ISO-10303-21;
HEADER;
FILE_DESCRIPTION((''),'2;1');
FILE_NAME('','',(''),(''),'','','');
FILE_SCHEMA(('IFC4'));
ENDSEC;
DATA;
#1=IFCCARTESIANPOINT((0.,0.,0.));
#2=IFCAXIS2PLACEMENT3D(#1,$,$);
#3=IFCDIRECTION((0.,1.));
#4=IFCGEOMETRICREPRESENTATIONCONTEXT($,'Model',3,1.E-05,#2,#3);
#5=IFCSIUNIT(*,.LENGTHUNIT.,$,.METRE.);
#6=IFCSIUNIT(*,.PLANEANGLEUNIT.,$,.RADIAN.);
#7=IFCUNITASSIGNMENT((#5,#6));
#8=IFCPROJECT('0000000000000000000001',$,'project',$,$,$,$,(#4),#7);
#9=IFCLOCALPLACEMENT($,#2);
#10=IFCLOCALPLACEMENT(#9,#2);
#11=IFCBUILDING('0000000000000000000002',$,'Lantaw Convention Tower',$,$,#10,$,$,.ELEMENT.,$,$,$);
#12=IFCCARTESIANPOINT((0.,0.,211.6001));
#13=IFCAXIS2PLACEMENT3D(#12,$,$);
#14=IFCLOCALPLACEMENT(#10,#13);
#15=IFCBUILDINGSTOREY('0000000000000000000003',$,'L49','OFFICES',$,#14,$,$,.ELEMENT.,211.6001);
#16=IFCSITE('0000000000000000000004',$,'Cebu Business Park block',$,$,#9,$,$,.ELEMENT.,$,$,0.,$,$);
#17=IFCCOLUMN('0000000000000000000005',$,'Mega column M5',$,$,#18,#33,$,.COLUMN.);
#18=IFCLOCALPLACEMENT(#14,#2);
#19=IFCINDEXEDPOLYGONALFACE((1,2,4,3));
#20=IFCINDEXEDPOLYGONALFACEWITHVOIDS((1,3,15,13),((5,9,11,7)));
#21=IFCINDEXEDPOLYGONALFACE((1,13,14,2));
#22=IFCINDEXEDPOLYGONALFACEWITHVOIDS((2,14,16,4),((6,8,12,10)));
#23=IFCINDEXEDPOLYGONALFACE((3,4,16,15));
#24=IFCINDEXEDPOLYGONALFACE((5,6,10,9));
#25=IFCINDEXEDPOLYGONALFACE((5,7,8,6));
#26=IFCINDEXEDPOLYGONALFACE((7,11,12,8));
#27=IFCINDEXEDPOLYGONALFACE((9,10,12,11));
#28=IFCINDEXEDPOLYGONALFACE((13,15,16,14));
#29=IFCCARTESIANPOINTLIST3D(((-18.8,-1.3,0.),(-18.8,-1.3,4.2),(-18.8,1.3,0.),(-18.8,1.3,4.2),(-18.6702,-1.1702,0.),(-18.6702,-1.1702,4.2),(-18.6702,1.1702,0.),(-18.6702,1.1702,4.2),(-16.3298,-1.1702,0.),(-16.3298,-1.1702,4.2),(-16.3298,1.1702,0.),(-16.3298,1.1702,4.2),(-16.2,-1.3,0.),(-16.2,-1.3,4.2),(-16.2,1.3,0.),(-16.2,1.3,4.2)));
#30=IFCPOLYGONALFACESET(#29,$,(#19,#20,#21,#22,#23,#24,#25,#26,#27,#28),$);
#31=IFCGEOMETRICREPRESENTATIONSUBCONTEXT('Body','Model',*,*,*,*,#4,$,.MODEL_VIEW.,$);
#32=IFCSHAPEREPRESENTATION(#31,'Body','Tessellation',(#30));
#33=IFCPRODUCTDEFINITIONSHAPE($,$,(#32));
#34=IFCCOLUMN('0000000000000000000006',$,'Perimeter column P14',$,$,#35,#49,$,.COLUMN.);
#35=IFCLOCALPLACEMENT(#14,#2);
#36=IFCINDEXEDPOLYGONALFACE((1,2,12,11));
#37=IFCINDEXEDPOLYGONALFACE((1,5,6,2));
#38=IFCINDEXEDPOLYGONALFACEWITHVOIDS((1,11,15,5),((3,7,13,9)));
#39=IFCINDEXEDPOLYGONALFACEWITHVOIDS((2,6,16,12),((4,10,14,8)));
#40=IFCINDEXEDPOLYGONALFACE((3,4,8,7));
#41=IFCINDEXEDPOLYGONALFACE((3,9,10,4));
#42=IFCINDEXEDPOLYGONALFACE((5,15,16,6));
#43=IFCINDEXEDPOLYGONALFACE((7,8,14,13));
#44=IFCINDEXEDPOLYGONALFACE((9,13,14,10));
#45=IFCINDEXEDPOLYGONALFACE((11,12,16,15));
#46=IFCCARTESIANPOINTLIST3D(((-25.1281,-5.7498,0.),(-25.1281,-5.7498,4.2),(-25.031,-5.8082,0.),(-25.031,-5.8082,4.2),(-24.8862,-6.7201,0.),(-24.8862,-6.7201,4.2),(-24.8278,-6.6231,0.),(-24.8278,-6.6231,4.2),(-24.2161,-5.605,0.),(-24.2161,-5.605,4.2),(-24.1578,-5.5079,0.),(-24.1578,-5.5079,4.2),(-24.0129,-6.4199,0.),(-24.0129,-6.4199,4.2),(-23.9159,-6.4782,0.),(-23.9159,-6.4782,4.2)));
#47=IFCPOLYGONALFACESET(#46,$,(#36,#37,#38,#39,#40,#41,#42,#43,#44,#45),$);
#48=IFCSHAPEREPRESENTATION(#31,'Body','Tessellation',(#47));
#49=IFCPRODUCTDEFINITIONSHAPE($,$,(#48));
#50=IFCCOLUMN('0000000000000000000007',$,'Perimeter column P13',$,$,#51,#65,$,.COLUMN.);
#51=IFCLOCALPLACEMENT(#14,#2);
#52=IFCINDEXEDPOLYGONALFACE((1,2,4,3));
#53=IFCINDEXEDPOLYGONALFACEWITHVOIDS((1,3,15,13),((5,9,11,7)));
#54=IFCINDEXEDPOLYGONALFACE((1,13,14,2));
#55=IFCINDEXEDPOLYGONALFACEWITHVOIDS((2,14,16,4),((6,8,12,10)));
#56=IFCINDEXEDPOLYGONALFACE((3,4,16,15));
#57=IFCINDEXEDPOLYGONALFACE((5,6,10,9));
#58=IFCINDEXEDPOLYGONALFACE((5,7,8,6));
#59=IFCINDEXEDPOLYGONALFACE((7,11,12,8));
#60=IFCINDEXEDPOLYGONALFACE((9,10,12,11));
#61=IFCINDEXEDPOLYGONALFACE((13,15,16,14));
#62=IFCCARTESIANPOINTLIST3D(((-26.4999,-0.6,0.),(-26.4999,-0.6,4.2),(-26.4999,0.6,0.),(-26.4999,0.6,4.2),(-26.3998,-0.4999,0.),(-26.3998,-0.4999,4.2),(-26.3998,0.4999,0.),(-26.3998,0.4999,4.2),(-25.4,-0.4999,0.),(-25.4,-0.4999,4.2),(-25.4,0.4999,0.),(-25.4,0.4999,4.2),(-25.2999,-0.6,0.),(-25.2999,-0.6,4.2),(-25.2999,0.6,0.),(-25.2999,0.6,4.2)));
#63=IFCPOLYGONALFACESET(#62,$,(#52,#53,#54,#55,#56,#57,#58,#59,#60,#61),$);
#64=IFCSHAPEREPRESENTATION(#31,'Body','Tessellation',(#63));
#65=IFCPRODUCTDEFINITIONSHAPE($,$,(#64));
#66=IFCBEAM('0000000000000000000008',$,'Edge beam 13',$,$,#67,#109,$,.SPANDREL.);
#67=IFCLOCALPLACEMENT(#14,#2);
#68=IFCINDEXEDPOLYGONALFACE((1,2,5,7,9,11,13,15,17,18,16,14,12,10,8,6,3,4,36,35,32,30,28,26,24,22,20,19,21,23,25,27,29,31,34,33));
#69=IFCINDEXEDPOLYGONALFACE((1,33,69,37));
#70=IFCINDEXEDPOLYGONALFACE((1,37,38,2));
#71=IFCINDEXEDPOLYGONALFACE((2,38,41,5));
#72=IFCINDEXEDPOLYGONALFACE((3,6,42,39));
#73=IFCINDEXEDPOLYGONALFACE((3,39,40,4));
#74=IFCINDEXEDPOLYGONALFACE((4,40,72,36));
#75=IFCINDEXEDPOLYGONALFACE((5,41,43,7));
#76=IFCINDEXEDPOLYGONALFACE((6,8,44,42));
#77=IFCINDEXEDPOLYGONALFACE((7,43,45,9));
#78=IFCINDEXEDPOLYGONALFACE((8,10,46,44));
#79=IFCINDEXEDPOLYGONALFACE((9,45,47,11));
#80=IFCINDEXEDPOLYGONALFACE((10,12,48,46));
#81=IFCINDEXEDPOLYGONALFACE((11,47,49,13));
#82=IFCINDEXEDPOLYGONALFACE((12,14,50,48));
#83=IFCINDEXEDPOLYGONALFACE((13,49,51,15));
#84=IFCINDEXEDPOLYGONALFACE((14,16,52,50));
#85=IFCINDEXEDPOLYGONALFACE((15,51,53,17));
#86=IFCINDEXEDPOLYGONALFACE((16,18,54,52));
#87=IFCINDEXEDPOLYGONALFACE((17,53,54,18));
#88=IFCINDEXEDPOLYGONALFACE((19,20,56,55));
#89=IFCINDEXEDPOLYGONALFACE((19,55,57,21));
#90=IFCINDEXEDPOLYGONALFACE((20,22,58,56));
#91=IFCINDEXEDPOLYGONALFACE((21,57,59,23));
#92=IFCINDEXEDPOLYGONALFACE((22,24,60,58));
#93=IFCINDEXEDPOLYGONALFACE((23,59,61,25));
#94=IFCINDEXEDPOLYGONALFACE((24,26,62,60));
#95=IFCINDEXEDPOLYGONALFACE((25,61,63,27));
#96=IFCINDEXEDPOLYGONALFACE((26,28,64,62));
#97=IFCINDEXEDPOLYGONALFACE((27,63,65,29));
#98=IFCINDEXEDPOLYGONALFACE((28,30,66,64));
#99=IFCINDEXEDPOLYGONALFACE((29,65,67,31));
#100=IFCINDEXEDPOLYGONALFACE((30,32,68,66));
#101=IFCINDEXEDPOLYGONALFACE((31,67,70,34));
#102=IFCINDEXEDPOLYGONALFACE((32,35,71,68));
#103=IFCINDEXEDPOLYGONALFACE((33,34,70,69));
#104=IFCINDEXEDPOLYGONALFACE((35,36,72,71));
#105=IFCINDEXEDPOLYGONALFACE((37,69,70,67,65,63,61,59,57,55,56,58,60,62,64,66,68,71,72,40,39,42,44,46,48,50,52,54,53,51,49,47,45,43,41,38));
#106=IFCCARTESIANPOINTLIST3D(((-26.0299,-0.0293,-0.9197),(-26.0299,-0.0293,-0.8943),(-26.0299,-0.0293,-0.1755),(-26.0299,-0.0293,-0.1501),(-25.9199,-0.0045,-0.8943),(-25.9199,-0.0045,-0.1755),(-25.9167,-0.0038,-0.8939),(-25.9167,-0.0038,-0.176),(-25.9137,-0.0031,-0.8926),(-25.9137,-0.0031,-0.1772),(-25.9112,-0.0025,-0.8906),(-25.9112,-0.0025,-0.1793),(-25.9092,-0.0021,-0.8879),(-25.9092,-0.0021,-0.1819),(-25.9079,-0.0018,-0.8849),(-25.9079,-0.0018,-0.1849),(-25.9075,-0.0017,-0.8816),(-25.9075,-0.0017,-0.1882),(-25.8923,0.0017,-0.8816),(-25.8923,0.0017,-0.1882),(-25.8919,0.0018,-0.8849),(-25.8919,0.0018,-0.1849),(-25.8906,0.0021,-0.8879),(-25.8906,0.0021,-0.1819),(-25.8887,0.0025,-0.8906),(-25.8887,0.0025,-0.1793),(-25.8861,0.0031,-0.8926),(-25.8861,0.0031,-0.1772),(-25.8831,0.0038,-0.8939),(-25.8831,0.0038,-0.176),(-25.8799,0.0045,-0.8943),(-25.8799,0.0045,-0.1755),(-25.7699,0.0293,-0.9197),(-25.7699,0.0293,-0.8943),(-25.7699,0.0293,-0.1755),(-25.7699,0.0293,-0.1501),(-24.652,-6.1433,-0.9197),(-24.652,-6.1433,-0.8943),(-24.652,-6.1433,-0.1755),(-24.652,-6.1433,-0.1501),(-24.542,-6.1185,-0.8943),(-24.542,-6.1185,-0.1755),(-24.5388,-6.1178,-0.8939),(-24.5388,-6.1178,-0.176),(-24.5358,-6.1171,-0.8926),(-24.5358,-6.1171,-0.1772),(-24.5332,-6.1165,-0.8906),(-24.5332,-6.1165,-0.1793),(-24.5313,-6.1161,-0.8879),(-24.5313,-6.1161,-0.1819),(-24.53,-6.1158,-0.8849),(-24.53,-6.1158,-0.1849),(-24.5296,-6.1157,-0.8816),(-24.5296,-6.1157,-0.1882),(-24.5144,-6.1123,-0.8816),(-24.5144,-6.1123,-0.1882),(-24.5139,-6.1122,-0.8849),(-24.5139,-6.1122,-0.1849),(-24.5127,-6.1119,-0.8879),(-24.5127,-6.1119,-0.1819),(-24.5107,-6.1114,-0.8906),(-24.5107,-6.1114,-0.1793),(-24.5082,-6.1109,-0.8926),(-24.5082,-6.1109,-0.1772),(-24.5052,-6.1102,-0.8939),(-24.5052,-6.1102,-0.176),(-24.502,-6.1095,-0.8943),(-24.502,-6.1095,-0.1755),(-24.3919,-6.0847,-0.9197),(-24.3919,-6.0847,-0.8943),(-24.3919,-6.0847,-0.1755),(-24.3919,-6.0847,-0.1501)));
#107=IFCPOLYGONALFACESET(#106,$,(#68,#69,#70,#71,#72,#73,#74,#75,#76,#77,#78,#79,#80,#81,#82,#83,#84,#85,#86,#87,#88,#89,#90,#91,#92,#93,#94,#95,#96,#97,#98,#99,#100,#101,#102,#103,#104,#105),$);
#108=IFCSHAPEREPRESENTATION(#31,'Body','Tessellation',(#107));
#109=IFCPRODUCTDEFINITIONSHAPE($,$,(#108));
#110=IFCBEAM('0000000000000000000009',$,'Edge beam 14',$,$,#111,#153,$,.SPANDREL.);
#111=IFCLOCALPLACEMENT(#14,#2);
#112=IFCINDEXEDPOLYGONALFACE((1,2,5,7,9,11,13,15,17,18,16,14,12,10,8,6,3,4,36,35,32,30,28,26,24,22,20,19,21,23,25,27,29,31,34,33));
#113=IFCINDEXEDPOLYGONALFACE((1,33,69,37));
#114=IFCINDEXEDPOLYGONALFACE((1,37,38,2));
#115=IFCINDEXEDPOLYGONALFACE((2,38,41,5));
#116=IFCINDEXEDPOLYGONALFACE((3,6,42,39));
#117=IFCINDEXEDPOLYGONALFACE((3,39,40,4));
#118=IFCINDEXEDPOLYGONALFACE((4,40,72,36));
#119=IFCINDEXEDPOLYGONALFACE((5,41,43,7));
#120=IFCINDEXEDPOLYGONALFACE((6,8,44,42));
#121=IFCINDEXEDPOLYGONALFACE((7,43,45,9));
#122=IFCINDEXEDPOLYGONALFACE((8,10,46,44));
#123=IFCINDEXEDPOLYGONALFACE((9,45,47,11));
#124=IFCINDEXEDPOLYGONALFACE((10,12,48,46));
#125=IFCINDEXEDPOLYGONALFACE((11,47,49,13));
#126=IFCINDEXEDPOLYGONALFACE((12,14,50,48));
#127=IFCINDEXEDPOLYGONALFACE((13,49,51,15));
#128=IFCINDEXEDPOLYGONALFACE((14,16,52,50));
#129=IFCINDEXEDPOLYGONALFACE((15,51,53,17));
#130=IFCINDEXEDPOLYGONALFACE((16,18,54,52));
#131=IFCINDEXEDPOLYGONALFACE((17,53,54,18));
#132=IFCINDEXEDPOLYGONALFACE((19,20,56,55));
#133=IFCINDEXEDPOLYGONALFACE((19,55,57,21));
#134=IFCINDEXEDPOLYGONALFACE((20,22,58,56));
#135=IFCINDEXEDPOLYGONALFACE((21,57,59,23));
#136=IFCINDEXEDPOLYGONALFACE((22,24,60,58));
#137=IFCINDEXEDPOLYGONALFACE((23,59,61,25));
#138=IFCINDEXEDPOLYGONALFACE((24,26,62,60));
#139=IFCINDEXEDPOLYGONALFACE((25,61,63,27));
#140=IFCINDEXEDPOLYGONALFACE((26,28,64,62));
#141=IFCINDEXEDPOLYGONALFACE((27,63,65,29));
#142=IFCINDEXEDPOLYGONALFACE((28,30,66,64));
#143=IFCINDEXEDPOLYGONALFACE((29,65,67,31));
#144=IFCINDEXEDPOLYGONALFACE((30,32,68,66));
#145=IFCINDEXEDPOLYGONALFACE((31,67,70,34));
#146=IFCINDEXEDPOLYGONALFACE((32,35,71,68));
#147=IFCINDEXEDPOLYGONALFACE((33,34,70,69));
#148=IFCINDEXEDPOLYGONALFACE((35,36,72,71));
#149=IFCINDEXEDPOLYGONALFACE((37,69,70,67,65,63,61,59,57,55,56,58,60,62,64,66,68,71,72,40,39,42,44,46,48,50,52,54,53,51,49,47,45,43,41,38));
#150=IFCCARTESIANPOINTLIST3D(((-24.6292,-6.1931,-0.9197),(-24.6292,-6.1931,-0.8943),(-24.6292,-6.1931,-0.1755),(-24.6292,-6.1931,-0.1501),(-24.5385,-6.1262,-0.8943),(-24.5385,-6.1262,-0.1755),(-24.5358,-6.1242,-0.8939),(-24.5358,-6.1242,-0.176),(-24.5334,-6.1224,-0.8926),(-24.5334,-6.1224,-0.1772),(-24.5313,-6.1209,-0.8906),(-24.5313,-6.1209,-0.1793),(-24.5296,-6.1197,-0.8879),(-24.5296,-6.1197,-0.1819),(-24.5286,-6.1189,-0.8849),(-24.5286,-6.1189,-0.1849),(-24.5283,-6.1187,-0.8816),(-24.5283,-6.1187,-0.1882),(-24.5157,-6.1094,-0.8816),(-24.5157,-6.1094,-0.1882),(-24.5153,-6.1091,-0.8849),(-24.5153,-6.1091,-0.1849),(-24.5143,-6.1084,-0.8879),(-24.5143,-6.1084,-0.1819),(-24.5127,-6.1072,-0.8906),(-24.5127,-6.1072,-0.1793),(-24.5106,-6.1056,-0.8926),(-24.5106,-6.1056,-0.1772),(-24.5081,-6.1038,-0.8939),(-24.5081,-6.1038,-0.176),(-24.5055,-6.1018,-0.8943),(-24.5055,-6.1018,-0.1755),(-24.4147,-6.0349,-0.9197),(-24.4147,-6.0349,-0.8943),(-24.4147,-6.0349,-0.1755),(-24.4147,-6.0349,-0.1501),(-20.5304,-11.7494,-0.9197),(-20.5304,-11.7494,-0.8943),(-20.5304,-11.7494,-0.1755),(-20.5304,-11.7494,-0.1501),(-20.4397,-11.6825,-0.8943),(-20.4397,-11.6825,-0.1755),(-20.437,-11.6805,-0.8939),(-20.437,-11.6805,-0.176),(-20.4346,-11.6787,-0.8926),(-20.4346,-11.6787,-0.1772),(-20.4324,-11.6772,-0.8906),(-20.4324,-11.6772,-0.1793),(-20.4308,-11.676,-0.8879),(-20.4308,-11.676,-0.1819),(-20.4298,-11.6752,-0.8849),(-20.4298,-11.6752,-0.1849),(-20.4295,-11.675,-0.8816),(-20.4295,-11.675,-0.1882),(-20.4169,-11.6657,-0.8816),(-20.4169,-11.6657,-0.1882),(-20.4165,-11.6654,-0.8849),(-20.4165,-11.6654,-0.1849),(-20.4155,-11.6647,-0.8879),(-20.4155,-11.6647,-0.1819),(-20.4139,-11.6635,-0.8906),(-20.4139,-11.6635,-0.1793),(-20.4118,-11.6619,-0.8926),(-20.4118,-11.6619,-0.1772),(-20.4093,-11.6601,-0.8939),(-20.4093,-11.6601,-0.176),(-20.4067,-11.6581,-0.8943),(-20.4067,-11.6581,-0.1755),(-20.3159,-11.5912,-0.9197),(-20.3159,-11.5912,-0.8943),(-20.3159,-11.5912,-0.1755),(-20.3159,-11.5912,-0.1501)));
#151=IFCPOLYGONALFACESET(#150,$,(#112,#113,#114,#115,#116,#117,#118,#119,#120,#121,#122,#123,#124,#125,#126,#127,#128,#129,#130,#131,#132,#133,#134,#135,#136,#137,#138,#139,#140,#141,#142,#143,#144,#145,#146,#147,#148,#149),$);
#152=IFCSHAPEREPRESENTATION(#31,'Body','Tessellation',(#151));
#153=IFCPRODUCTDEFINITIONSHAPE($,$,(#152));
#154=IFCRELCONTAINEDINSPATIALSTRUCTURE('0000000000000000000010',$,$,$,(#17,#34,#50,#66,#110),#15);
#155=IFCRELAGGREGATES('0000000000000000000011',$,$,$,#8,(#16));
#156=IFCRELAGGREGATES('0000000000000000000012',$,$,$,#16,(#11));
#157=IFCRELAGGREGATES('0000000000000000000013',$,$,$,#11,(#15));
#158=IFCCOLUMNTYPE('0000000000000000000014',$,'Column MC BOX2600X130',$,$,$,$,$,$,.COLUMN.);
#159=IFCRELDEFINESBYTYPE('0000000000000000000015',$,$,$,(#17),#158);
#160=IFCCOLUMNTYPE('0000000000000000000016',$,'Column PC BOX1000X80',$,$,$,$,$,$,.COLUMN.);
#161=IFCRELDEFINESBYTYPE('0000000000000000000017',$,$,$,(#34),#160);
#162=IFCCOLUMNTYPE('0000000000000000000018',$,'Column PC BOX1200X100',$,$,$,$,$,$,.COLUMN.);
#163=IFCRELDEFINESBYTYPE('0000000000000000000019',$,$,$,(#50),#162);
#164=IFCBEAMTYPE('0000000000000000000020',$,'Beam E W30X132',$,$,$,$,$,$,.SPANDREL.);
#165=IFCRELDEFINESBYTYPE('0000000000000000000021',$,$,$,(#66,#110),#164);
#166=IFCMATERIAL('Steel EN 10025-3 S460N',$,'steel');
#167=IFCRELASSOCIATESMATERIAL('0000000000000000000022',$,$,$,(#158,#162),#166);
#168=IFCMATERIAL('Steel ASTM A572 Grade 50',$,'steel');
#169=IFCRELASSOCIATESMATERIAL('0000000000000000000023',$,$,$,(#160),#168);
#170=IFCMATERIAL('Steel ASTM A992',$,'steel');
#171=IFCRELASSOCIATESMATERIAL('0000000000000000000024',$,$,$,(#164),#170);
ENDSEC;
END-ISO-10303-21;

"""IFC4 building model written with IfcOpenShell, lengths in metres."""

from ifc_helpers import new_model, si_unit, direction, frame, origin, origin_2d, place, context, subcontext, project, spatial, rectangle, hollow_rectangle, i_section, extrude, material, material_profile, profile_set, type_object, element, save


model = new_model("IFC4")

# Units and contexts
model_context = context("Model", 3, precision=1e-05, world=origin(), true_north=direction((0.0, 1.0)))
body_context = subcontext(model_context, "Body", "Model", "MODEL_VIEW")
ifc_project = project(units=[si_unit("LENGTHUNIT", "METRE"), si_unit("PLANEANGLEUNIT", "RADIAN")], contexts=[model_context])

# Site, building, storey
site_placement = place(None, origin())
site = spatial("IfcSite", under=ifc_project, at=site_placement, Name="Cebu Business Park block", CompositionType="ELEMENT", RefElevation=0.0)
building_placement = place(site_placement, origin())
building = spatial("IfcBuilding", under=site, at=building_placement, Name="Lantaw Convention Tower", CompositionType="ELEMENT")
storey_placement = place(building_placement, frame((0.0, 0.0, 211.6001)))
storey = spatial("IfcBuildingStorey", under=building, at=storey_placement, Name="L49", Description="OFFICES", CompositionType="ELEMENT", Elevation=211.6001)

# Columns
ifc_material_1 = material(Name="Steel EN 10025-3 S460N", Category="steel")
ifc_material_profile_1 = material_profile(ifc_material_1, hollow_rectangle(XDim=2.6001, YDim=2.6001, WallThickness=0.1299, at=origin_2d()), Name="BOX2600X130")
ifc_material_2 = material(Name="Concrete C60/75", Category="concrete")
ifc_material_profile_2 = material_profile(ifc_material_2, rectangle(XDim=2.3401, YDim=2.3401, at=origin_2d()), Name="Concrete fill of BOX2600X130")
ifc_profile_set_1 = profile_set([ifc_material_profile_1, ifc_material_profile_2], Name="Steel EN 10025-3 S460N")
column_type_1 = type_object("IfcColumnType", Name="Column MC BOX2600X130", PredefinedType="COLUMN", material=ifc_profile_set_1)
column_1_placement = place(storey_placement, frame((-17.5, 0.0, 0.0), z_axis=(0.0, 0.0, 1.0), x_axis=(1.0, 0.0, 0.0)))
element("IfcColumn", 1, at=column_1_placement, inside=storey, type_object=column_type_1, Name="Mega column M5", PredefinedType="COLUMN", context=body_context, shape_type="SweptSolid", body=[
    extrude(hollow_rectangle(XDim=2.6001, YDim=2.6001, WallThickness=0.1299, at=origin_2d()), origin(), (0.0, 0.0, 1.0), 4.2),
])
ifc_material_3 = material(Name="Steel ASTM A572 Grade 50", Category="steel")
ifc_material_profile_3 = material_profile(ifc_material_3, hollow_rectangle(XDim=1.0, YDim=1.0, WallThickness=0.0801, at=origin_2d()), Name="BOX1000X80")
ifc_material_profile_4 = material_profile(ifc_material_2, rectangle(XDim=0.8401, YDim=0.8401, at=origin_2d()), Name="Concrete fill of BOX1000X80")
ifc_profile_set_2 = profile_set([ifc_material_profile_3, ifc_material_profile_4], Name="Steel ASTM A572 Grade 50")
column_type_2 = type_object("IfcColumnType", Name="Column PC BOX1000X80", PredefinedType="COLUMN", material=ifc_profile_set_2)
column_2_placement = place(storey_placement, frame((-24.522, -6.114, 0.0), z_axis=(0.0, 0.0, 1.0), x_axis=(0.970296, 0.241922, 0.0)))
element("IfcColumn", 2, at=column_2_placement, inside=storey, type_object=column_type_2, Name="Perimeter column P14", PredefinedType="COLUMN", context=body_context, shape_type="SweptSolid", body=[
    extrude(hollow_rectangle(XDim=1.0, YDim=1.0, WallThickness=0.0801, at=origin_2d()), origin(), (0.0, 0.0, 1.0), 4.2),
])
ifc_material_profile_5 = material_profile(ifc_material_1, hollow_rectangle(XDim=1.2, YDim=1.2, WallThickness=0.1001, at=origin_2d()), Name="BOX1200X100")
ifc_material_profile_6 = material_profile(ifc_material_2, rectangle(XDim=1.0, YDim=1.0, at=origin_2d()), Name="Concrete fill of BOX1200X100")
ifc_profile_set_3 = profile_set([ifc_material_profile_5, ifc_material_profile_6], Name="Steel EN 10025-3 S460N")
column_type_3 = type_object("IfcColumnType", Name="Column PC BOX1200X100", PredefinedType="COLUMN", material=ifc_profile_set_3)
column_3_placement = place(storey_placement, frame((-25.8999, 0.0, 0.0), z_axis=(0.0, 0.0, 1.0), x_axis=(1.0, 0.0, 0.0)))
element("IfcColumn", 3, at=column_3_placement, inside=storey, type_object=column_type_3, Name="Perimeter column P13", PredefinedType="COLUMN", context=body_context, shape_type="SweptSolid", body=[
    extrude(hollow_rectangle(XDim=1.2, YDim=1.2, WallThickness=0.1001, at=origin_2d()), origin(), (0.0, 0.0, 1.0), 4.2),
])

# Beams
ifc_material_4 = material(Name="Steel ASTM A992", Category="steel")
ifc_material_profile_7 = material_profile(ifc_material_4, i_section(OverallWidth=0.2666, OverallDepth=0.7695, WebThickness=0.0156, FlangeThickness=0.0254, FilletRadius=0.0127, at=origin_2d()), Name="W30X132")
ifc_profile_set_4 = profile_set([ifc_material_profile_7], Name="Steel ASTM A992")
beam_type_1 = type_object("IfcBeamType", Name="Beam E W30X132", PredefinedType="SPANDREL", material=ifc_profile_set_4)
beam_1_placement = place(storey_placement, frame((-25.8999, 0.0, -0.5349), z_axis=(0.219858, -0.975532, 0.0), x_axis=(0.975532, 0.219858, 0.0)))
element("IfcBeam", 4, at=beam_1_placement, inside=storey, type_object=beam_type_1, Name="Edge beam 13", PredefinedType="SPANDREL", context=body_context, shape_type="SweptSolid", body=[
    extrude(i_section(OverallWidth=0.2666, OverallDepth=0.7695, WebThickness=0.0156, FlangeThickness=0.0254, FilletRadius=0.0127, at=origin_2d()), origin(), (0.0, 0.0, 1.0), 6.2673),
])
beam_2_placement = place(storey_placement, frame((-24.522, -6.114, -0.5349), z_axis=(0.593639, -0.804731, 0.0), x_axis=(0.804731, 0.593639, 0.0)))
element("IfcBeam", 5, at=beam_2_placement, inside=storey, type_object=beam_type_1, Name="Edge beam 14", PredefinedType="SPANDREL", context=body_context, shape_type="SweptSolid", body=[
    extrude(i_section(OverallWidth=0.2666, OverallDepth=0.7695, WebThickness=0.0156, FlangeThickness=0.0254, FilletRadius=0.0127, at=origin_2d()), origin(), (0.0, 0.0, 1.0), 6.9045),
])

save(model, "model.ifc")
